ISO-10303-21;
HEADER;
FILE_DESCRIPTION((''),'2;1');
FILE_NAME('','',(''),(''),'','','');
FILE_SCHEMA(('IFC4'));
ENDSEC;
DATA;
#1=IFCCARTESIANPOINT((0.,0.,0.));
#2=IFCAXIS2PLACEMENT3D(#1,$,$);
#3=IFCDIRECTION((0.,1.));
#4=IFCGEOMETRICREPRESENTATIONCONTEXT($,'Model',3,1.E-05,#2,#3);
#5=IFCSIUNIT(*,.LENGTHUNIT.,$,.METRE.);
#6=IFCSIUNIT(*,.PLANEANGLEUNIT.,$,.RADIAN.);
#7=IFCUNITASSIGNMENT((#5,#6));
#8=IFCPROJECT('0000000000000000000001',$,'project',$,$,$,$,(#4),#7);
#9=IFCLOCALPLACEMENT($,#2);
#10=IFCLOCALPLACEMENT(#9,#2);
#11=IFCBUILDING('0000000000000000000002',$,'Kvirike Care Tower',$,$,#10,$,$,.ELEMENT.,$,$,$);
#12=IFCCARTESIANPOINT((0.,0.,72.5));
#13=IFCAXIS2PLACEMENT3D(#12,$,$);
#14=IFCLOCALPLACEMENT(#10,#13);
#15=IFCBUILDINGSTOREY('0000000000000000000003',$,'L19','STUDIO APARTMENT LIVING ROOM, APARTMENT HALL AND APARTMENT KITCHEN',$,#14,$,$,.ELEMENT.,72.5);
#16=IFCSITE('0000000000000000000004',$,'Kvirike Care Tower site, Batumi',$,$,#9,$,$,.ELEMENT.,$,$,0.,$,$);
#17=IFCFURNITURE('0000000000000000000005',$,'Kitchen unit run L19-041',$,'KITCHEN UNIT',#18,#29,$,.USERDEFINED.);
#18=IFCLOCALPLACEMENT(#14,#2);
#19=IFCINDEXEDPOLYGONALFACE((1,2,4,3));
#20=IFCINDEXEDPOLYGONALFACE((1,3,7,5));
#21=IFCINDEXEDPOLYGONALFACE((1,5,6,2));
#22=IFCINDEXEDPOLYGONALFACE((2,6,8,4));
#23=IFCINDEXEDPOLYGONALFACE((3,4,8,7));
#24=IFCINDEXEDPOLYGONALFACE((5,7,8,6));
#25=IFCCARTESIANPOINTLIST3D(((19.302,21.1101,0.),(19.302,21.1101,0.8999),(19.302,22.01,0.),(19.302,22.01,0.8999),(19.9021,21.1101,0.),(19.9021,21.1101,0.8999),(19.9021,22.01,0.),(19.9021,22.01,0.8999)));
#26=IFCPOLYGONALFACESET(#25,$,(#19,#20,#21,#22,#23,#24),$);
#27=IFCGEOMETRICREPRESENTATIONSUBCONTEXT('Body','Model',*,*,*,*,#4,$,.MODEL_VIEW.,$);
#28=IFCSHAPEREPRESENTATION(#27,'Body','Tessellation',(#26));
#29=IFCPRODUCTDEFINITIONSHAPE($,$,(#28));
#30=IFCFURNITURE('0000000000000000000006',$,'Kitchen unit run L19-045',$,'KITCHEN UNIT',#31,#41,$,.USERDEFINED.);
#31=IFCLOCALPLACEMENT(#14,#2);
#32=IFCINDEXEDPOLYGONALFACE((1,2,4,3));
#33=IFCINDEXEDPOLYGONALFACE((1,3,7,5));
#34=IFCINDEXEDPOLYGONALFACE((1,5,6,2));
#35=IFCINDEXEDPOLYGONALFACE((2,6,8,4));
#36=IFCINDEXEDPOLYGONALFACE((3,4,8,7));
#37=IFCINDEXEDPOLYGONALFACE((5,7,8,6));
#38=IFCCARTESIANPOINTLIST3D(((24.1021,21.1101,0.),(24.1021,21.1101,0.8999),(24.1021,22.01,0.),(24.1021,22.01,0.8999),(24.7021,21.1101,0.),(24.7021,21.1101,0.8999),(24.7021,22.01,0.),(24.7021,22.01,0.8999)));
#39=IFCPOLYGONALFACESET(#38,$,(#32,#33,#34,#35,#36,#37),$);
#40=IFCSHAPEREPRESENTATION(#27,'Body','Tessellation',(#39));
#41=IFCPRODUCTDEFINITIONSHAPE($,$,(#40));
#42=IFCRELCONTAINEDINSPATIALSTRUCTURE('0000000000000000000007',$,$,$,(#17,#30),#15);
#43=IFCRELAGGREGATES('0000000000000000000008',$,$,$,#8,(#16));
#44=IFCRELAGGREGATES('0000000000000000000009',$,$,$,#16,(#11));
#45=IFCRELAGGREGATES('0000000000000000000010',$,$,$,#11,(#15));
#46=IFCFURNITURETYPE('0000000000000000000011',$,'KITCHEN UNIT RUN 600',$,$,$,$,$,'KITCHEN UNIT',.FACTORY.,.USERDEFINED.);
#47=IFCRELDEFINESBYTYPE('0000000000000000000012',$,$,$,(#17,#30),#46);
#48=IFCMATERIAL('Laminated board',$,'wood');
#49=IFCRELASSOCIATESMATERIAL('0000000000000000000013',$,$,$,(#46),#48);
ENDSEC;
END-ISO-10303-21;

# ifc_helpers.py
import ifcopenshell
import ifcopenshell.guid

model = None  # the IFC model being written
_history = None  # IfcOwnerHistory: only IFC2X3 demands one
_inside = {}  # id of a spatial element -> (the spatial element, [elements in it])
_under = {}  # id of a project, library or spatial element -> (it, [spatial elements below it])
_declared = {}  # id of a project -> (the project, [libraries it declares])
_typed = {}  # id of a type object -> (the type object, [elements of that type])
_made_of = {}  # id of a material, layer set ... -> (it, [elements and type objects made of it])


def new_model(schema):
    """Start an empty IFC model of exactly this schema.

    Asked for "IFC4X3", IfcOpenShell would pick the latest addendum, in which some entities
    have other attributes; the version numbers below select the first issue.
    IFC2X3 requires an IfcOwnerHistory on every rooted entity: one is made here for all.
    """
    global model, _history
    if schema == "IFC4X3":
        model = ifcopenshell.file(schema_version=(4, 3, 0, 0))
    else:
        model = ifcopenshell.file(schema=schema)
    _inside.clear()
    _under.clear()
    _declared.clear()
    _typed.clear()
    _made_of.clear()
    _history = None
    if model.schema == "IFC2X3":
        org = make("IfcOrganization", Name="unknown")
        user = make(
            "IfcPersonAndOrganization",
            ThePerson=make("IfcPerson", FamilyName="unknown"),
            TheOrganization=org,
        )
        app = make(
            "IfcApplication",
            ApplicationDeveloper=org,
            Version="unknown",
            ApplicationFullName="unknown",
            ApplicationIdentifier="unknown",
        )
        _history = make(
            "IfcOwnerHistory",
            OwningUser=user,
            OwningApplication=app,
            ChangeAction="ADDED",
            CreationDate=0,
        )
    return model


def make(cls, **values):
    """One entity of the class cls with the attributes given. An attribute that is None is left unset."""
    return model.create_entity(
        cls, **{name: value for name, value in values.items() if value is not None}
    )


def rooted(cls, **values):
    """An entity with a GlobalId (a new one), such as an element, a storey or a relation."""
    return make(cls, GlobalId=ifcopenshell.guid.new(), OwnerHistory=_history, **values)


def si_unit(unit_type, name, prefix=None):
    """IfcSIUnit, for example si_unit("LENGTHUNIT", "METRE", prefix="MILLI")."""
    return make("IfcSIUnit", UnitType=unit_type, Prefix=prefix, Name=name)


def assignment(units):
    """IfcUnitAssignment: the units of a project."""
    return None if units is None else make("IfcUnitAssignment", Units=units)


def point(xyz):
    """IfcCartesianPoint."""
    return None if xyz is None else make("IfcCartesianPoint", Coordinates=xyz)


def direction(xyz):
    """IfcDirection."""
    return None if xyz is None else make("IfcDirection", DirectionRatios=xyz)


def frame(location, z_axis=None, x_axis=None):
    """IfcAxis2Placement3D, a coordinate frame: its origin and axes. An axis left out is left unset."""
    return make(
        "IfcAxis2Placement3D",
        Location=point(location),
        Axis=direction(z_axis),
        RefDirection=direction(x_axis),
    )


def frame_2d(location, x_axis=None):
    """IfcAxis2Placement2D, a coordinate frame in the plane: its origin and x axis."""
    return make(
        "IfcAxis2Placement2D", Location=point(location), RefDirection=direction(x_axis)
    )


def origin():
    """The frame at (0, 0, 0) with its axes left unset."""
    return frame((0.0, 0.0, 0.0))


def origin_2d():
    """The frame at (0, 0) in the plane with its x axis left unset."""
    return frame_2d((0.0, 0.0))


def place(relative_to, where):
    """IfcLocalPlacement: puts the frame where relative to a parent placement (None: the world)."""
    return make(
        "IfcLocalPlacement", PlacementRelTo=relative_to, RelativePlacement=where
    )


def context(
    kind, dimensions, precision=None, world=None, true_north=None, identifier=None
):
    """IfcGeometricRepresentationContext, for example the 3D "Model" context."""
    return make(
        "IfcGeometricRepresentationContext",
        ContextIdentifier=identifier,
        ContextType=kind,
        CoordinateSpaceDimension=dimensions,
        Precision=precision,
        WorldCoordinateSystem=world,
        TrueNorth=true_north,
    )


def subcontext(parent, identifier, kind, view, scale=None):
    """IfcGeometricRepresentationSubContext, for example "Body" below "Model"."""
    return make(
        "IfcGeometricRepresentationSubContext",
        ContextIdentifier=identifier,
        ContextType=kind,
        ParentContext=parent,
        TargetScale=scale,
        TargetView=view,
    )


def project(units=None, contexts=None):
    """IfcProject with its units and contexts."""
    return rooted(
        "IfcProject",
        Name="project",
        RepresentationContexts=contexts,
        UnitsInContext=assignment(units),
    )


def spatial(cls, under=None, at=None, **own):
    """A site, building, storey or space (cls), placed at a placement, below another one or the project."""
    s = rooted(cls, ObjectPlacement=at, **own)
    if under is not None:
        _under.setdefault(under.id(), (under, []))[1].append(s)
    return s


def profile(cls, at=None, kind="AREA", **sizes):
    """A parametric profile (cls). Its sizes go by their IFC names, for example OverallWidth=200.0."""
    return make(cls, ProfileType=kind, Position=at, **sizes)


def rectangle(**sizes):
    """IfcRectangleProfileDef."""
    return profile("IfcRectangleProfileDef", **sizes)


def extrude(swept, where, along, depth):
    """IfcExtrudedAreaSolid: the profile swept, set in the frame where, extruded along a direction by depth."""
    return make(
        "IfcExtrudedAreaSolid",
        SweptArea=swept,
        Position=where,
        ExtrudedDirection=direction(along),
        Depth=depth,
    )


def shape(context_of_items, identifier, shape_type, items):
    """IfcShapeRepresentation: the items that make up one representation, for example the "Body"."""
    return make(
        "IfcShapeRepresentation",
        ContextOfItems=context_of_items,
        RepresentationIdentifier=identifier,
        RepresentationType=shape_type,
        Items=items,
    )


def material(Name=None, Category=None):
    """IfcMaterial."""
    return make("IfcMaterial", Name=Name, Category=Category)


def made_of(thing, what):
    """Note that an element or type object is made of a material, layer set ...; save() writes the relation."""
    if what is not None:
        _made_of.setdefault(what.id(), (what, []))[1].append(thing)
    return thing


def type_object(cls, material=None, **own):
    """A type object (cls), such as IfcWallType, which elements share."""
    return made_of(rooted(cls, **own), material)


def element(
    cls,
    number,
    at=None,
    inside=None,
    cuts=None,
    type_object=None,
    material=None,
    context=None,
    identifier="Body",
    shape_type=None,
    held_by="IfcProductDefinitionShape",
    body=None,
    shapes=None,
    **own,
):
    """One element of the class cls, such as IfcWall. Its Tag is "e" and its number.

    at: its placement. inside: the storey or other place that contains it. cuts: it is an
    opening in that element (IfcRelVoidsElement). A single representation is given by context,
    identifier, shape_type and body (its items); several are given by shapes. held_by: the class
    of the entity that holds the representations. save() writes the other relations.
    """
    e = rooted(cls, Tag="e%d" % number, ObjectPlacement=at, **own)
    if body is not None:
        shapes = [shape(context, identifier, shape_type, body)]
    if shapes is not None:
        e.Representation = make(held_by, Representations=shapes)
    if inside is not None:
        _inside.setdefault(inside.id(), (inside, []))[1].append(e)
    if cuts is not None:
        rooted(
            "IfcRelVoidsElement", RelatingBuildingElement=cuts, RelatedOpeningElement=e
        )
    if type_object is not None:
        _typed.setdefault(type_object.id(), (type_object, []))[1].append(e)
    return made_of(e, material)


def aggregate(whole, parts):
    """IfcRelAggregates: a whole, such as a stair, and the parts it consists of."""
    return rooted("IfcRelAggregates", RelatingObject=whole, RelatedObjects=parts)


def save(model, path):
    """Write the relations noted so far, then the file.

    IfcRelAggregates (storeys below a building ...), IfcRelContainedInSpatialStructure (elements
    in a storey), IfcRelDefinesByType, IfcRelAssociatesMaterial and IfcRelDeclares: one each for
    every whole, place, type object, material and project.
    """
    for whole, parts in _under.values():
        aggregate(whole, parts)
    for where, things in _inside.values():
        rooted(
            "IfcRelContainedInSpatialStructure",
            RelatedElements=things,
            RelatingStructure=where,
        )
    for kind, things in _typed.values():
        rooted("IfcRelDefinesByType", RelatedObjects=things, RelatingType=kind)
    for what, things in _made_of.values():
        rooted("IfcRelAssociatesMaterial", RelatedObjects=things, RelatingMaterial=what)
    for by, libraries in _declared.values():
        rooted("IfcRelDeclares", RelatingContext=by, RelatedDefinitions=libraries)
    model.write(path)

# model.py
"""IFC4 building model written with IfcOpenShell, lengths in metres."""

from ifc_helpers import new_model, si_unit, direction, frame, origin, origin_2d, place, context, subcontext, project, spatial, rectangle, extrude, material, type_object, element, save


model = new_model("IFC4")

# Units and contexts
model_context = context("Model", 3, precision=1e-05, world=origin(), true_north=direction((0.0, 1.0)))
body_context = subcontext(model_context, "Body", "Model", "MODEL_VIEW")
ifc_project = project(units=[si_unit("LENGTHUNIT", "METRE"), si_unit("PLANEANGLEUNIT", "RADIAN")], contexts=[model_context])

# Site, building, storey
site_placement = place(None, origin())
site = spatial("IfcSite", under=ifc_project, at=site_placement, Name="Kvirike Care Tower site, Batumi", CompositionType="ELEMENT", RefElevation=0.0)
building_placement = place(site_placement, origin())
building = spatial("IfcBuilding", under=site, at=building_placement, Name="Kvirike Care Tower", CompositionType="ELEMENT")
storey_placement = place(building_placement, frame((0.0, 0.0, 72.5)))
storey = spatial("IfcBuildingStorey", under=building, at=storey_placement, Name="L19", Description="STUDIO APARTMENT LIVING ROOM, APARTMENT HALL AND APARTMENT KITCHEN", CompositionType="ELEMENT", Elevation=72.5)

# Furniture
ifc_material_1 = material(Name="Laminated board", Category="wood")
furniture_type = type_object("IfcFurnitureType", Name="KITCHEN UNIT RUN 600", ElementType="KITCHEN UNIT", AssemblyPlace="FACTORY", PredefinedType="USERDEFINED", material=ifc_material_1)
for number, where, z_axis, x_axis, name in (
    (1, (19.6021, 21.5601, 0.0), (0.0, 0.0, 1.0), (0.0, 1.0, 0.0), "Kitchen unit run L19-041"),
    (2, (24.4021, 21.5601, 0.0), (0.0, 0.0, 1.0), (0.0, 1.0, 0.0), "Kitchen unit run L19-045"),
):
    element("IfcFurniture", number, at=place(storey_placement, frame(where, z_axis=z_axis, x_axis=x_axis)), inside=storey, type_object=furniture_type, Name=name, ObjectType="KITCHEN UNIT", PredefinedType="USERDEFINED", context=body_context, shape_type="SweptSolid", body=[
        extrude(rectangle(XDim=0.8999, YDim=0.6001, at=origin_2d()), origin(), (0.0, 0.0, 1.0), 0.8999),
    ])

save(model, "model.ifc")
